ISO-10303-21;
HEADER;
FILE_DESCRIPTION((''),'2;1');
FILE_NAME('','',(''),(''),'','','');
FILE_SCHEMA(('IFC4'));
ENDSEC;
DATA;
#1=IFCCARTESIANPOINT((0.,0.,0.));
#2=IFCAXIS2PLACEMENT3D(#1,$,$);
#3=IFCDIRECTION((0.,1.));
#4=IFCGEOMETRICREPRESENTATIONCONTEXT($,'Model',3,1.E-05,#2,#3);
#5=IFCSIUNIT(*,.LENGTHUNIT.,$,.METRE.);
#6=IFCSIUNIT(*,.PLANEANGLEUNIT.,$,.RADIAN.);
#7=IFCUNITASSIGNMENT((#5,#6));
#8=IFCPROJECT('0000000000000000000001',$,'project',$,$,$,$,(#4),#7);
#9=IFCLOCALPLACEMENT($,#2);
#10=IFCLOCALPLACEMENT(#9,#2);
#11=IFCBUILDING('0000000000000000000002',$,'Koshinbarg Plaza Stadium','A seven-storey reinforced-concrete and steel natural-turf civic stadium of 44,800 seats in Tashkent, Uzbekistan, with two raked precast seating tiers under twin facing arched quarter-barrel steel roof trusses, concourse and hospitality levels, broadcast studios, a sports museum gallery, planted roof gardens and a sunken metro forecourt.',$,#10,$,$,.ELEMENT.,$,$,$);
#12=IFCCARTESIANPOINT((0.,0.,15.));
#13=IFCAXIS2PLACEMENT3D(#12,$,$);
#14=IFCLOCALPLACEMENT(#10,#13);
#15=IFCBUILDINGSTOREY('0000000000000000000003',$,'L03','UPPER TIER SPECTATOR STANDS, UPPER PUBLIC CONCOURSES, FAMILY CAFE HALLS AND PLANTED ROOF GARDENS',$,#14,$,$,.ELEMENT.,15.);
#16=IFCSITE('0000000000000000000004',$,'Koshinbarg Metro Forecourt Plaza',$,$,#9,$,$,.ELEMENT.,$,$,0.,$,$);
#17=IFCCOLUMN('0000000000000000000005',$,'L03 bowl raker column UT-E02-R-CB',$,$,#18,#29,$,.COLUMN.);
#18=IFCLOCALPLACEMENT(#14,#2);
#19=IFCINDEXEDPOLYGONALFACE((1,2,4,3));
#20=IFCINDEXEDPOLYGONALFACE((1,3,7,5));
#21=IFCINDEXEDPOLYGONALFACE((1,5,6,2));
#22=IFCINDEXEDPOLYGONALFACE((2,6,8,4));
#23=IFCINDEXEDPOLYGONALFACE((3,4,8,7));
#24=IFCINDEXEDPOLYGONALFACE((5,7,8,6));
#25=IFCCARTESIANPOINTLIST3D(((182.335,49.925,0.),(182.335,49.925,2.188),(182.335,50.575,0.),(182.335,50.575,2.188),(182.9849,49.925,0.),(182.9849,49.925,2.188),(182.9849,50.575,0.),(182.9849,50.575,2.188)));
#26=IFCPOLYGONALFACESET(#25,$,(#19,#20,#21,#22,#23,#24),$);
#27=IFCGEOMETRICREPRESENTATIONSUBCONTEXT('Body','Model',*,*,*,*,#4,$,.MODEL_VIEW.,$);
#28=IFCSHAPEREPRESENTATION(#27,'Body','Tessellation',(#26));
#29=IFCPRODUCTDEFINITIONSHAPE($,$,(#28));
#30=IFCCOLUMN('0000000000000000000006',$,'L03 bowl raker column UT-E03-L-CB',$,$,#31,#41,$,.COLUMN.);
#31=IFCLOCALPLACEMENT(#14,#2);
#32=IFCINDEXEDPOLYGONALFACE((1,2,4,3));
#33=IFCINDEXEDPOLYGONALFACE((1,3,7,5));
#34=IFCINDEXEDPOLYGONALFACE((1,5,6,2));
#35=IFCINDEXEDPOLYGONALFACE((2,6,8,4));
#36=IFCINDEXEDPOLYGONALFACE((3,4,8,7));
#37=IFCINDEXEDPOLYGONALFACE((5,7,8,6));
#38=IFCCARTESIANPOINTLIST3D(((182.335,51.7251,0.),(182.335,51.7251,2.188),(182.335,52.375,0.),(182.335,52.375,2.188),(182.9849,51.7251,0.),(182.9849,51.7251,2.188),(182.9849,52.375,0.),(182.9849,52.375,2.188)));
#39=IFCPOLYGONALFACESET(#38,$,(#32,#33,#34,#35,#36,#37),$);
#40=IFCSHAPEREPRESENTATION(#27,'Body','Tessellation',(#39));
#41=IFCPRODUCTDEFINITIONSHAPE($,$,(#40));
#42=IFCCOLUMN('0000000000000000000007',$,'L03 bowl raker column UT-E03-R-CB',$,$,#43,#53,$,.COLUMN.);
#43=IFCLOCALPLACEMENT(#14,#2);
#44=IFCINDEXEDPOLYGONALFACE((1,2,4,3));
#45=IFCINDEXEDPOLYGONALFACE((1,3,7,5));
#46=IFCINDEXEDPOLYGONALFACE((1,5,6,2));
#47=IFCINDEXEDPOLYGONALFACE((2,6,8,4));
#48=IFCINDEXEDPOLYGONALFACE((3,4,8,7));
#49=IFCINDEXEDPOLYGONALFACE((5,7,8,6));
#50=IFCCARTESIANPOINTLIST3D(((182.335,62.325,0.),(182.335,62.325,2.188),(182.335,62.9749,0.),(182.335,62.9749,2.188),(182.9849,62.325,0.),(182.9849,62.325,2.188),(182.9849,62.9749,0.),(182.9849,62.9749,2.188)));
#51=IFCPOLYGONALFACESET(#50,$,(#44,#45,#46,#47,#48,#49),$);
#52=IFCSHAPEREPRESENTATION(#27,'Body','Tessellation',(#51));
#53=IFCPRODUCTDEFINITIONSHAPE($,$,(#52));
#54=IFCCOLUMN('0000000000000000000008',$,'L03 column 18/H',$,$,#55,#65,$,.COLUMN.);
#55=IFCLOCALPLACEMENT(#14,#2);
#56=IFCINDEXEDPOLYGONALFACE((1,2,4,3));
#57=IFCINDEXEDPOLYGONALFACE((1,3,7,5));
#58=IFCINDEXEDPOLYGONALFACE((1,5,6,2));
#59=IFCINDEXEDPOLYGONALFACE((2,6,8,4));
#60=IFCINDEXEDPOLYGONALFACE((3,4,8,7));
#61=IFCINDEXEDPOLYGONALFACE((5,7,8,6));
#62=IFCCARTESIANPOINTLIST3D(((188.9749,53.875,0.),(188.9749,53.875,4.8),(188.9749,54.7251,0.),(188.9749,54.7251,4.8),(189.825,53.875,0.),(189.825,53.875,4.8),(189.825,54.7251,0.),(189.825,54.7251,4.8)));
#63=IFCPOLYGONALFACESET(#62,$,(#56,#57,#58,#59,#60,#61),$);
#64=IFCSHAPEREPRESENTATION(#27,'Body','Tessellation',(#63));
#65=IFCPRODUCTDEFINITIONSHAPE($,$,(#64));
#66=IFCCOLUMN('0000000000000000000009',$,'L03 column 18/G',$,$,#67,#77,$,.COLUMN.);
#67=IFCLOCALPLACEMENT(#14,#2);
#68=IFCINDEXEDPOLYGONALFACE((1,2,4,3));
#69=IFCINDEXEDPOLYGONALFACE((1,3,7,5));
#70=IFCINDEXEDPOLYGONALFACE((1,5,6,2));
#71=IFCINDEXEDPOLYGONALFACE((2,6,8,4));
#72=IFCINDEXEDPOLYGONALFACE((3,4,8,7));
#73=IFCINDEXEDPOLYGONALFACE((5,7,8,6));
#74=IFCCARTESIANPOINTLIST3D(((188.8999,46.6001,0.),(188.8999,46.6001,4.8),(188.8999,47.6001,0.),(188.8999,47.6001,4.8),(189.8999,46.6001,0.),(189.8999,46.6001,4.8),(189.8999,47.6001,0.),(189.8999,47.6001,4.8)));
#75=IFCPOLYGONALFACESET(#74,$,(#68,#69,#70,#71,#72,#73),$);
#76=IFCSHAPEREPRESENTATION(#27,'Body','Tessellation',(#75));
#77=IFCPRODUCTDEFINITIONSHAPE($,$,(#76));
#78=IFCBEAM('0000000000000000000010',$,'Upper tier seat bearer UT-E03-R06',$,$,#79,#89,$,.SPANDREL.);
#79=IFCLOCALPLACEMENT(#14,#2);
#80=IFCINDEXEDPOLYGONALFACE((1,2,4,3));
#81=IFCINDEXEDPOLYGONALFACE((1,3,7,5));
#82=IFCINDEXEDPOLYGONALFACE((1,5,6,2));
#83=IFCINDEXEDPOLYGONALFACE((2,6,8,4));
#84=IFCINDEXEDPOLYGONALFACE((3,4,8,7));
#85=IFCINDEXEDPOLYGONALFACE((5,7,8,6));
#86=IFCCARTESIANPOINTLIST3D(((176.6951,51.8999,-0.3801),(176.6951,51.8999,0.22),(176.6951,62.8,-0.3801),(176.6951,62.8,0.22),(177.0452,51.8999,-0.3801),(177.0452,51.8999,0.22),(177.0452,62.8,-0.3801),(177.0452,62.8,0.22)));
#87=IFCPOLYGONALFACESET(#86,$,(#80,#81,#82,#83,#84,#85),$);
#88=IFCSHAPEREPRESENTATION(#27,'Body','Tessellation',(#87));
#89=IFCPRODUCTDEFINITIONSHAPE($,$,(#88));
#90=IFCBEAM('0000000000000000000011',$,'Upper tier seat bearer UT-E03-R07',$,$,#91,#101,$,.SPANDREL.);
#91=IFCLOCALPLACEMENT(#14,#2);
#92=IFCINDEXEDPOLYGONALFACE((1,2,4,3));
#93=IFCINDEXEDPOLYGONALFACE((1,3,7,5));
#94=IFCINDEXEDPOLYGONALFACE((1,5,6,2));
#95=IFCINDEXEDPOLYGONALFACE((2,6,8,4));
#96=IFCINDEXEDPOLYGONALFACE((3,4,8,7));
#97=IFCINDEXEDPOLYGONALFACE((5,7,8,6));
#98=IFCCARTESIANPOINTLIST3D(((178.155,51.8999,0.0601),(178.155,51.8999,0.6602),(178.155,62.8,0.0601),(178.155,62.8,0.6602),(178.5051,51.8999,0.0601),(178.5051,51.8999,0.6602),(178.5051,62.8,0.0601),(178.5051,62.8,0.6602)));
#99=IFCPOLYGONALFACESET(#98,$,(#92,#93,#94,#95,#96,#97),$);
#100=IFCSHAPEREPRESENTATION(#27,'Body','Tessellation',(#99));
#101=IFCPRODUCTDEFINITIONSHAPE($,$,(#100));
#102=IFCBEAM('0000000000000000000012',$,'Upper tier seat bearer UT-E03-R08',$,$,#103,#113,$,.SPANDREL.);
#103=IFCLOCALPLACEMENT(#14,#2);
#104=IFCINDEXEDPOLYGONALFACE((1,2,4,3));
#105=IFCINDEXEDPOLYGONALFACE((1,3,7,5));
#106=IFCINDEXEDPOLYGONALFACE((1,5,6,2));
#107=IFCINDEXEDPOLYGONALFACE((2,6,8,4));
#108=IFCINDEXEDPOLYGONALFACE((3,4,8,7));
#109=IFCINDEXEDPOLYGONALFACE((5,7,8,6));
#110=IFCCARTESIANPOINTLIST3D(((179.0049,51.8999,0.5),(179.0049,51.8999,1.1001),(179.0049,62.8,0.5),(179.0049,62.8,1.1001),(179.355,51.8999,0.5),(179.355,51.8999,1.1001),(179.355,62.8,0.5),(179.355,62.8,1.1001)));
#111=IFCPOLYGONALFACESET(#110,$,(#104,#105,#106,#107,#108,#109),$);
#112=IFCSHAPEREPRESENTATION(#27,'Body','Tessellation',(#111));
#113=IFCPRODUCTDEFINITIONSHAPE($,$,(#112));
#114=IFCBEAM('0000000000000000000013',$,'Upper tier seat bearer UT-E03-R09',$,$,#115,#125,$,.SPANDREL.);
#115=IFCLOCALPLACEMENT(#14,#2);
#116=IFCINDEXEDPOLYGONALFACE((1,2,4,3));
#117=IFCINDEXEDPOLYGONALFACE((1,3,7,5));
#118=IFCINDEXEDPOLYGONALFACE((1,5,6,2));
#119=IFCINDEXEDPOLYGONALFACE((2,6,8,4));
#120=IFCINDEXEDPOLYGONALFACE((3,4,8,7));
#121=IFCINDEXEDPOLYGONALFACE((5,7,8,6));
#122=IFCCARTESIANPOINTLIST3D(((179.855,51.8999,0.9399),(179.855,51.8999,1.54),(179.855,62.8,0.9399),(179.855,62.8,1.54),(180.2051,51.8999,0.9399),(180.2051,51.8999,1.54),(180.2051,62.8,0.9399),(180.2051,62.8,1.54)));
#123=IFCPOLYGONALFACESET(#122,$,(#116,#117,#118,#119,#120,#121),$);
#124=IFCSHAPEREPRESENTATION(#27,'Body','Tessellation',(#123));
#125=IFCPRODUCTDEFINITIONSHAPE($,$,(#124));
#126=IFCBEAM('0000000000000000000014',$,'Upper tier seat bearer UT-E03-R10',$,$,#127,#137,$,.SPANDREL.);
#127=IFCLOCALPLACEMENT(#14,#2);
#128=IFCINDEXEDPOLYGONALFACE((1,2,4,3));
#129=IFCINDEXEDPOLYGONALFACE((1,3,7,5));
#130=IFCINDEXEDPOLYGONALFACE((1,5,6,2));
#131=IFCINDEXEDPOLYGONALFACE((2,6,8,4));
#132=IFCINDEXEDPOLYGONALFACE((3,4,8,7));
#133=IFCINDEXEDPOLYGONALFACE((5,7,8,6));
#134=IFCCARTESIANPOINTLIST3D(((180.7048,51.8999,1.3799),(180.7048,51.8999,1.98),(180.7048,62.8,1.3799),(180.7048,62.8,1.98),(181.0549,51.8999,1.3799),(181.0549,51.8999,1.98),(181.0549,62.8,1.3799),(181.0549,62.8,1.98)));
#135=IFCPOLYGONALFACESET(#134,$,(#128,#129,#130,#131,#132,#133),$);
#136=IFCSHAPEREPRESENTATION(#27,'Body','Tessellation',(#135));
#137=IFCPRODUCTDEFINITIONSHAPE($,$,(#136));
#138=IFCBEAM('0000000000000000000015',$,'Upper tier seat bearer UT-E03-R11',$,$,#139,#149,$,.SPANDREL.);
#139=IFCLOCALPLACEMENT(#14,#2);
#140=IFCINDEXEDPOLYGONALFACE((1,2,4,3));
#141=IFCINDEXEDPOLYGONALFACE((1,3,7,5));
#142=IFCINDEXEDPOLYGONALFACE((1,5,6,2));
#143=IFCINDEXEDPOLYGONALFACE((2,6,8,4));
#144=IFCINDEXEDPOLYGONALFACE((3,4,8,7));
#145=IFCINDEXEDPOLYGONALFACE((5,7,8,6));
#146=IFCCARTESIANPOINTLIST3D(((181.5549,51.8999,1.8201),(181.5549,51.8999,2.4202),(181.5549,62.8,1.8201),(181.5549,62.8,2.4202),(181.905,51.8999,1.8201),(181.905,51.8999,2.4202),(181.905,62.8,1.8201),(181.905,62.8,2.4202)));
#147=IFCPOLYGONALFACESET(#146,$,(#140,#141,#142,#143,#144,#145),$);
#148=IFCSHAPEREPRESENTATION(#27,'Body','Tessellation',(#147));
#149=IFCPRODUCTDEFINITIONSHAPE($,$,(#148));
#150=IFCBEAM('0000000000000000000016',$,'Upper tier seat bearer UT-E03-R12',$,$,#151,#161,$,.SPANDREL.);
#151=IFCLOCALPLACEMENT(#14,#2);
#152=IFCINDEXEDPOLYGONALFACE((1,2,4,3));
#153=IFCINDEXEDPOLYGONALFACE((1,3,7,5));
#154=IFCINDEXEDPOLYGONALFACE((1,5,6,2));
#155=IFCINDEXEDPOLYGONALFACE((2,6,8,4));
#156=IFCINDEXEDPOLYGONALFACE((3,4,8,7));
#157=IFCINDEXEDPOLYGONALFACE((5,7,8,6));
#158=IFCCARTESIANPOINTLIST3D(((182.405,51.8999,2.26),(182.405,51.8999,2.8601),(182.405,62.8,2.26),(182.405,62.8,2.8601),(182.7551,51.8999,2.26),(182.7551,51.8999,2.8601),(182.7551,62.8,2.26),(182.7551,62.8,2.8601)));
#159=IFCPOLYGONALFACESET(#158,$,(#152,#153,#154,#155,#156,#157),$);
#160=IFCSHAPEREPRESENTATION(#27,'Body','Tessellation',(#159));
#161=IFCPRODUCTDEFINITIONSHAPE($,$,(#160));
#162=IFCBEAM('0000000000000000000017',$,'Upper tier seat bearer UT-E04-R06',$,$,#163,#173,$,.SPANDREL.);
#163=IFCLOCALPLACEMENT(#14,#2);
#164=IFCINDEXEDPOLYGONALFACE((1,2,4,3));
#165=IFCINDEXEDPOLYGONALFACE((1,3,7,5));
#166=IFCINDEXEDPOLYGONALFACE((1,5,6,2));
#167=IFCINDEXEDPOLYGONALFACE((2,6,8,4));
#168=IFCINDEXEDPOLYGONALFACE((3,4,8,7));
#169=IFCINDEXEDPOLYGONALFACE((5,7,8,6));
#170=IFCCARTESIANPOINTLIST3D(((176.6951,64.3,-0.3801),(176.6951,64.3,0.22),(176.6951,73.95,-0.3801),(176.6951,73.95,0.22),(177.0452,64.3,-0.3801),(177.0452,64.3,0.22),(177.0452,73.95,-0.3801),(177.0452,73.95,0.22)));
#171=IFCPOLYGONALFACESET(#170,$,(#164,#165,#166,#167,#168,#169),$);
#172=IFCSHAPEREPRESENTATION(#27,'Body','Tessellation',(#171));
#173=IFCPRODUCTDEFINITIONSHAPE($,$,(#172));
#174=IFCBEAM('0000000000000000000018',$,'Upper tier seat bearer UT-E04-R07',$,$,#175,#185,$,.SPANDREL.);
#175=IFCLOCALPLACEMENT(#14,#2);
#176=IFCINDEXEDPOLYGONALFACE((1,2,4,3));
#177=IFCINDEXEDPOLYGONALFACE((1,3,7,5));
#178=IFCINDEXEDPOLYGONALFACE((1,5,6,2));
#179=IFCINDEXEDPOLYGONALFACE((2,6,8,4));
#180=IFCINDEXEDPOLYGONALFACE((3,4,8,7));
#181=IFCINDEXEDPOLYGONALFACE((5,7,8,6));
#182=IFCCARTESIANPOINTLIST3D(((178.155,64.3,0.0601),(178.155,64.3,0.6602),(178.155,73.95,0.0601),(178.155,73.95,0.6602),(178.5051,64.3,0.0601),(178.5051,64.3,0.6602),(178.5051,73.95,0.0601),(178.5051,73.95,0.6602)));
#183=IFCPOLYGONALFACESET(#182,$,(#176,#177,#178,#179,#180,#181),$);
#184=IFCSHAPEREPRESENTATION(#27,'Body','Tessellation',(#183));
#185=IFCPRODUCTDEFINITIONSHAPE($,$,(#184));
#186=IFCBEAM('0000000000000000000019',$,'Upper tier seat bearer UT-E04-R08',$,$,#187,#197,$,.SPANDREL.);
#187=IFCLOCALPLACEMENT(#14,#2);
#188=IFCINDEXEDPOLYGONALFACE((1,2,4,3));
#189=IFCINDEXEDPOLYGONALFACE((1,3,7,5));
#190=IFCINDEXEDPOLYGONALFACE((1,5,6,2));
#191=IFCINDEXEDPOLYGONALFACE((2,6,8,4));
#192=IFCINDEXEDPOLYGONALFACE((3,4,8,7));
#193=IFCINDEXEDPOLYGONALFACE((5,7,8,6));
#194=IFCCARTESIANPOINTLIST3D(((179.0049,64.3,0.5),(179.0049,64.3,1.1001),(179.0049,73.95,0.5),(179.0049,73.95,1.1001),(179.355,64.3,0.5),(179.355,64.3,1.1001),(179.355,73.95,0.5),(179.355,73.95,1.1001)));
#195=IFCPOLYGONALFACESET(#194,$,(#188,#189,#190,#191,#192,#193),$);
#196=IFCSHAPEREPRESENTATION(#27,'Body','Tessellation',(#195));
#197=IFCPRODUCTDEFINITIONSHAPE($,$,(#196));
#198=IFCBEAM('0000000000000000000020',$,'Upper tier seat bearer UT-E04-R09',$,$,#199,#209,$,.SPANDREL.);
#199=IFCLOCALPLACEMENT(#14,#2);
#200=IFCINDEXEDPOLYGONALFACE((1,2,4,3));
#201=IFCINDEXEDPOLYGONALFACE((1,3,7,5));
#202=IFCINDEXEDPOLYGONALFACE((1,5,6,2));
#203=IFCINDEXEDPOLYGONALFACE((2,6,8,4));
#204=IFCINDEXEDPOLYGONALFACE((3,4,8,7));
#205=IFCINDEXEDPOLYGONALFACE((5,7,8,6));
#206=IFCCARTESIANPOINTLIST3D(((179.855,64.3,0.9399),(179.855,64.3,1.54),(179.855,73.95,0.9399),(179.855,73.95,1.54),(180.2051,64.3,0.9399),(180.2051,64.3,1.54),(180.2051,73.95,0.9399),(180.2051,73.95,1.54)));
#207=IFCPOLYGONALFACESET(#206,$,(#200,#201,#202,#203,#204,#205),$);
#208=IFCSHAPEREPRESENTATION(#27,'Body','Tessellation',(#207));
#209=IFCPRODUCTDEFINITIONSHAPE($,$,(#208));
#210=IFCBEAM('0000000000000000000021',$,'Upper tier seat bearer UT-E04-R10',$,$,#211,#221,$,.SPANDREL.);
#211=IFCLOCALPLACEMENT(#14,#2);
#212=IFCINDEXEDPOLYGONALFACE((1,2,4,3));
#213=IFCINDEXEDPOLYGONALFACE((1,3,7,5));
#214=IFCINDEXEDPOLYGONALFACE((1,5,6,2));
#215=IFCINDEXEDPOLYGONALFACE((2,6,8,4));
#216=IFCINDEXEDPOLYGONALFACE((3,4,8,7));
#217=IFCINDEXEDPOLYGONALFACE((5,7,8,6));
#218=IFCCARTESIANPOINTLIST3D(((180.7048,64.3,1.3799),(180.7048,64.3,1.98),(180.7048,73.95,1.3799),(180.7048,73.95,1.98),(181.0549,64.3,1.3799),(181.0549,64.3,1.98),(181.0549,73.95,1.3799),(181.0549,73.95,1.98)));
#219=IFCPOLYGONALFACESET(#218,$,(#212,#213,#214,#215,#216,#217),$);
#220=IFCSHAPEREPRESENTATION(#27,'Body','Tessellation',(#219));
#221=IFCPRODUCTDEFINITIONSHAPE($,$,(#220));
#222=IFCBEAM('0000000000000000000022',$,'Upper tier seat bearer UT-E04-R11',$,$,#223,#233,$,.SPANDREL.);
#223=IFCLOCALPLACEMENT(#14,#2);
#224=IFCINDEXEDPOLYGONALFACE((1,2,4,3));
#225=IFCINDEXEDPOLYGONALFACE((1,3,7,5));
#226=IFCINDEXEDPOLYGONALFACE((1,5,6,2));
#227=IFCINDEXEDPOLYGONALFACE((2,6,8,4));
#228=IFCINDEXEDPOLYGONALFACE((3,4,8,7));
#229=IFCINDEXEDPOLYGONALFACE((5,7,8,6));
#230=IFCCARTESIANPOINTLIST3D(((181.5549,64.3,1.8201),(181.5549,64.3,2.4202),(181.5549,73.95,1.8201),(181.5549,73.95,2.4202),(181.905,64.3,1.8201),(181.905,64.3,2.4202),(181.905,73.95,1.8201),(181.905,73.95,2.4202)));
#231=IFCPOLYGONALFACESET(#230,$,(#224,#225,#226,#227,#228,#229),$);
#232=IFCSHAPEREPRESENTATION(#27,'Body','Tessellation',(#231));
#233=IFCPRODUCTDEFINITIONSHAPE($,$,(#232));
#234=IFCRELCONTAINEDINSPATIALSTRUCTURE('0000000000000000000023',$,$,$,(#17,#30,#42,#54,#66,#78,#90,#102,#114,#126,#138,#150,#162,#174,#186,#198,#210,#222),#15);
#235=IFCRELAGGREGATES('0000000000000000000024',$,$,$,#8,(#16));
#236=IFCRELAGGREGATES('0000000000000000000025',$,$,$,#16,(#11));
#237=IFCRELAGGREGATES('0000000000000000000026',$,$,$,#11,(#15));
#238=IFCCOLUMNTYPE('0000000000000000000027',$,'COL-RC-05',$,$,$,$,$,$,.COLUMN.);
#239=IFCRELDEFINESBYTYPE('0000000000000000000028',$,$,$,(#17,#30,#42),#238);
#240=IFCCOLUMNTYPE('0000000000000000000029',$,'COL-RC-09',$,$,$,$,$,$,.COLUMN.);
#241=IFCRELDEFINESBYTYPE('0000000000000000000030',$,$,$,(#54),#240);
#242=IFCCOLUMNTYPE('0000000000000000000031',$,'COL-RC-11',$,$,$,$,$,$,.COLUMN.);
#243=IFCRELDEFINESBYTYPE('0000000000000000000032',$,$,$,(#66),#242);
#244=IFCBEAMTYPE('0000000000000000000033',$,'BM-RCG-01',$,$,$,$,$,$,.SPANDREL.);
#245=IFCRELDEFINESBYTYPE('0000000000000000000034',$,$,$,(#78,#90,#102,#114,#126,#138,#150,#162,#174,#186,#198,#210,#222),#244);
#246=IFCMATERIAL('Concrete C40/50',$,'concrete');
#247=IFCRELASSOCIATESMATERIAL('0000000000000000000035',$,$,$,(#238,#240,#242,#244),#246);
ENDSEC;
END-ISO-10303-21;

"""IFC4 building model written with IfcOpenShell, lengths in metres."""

from ifc_helpers import new_model, si_unit, direction, frame, origin, origin_2d, place, context, subcontext, project, spatial, rectangle, extrude, material, material_profile, profile_set, type_object, element, save


model = new_model("IFC4")

# Units and contexts
model_context = context("Model", 3, precision=1e-05, world=origin(), true_north=direction((0.0, 1.0)))
body_context = subcontext(model_context, "Body", "Model", "MODEL_VIEW")
ifc_project = project(units=[si_unit("LENGTHUNIT", "METRE"), si_unit("PLANEANGLEUNIT", "RADIAN")], contexts=[model_context])

# Site, building, storey
site_placement = place(None, origin())
site = spatial("IfcSite", under=ifc_project, at=site_placement, Name="Koshinbarg Metro Forecourt Plaza", CompositionType="ELEMENT", RefElevation=0.0)
building_placement = place(site_placement, origin())
building = spatial("IfcBuilding", under=site, at=building_placement, Name="Koshinbarg Plaza Stadium", Description="A seven-storey reinforced-concrete and steel natural-turf civic stadium of 44,800 seats in Tashkent, Uzbekistan, with two raked precast seating tiers under twin facing arched quarter-barrel steel roof trusses, concourse and hospitality levels, broadcast studios, a sports museum gallery, planted roof gardens and a sunken metro forecourt.", CompositionType="ELEMENT")
storey_placement = place(building_placement, frame((0.0, 0.0, 15.0)))
storey = spatial("IfcBuildingStorey", under=building, at=storey_placement, Name="L03", Description="UPPER TIER SPECTATOR STANDS, UPPER PUBLIC CONCOURSES, FAMILY CAFE HALLS AND PLANTED ROOF GARDENS", CompositionType="ELEMENT", Elevation=15.0)

# Columns
ifc_material_1 = material(Name="Concrete C40/50", Category="concrete")
ifc_material_profile_1 = material_profile(ifc_material_1, rectangle(XDim=0.6499, YDim=0.6499, at=origin_2d()), Name="RC 650x650")
ifc_profile_set_1 = profile_set([ifc_material_profile_1], Name="Concrete C40/50")
column_type_1 = type_object("IfcColumnType", Name="COL-RC-05", PredefinedType="COLUMN", material=ifc_profile_set_1)
for number, where, z_axis, x_axis, name in (
    (1, (182.6599, 50.25, 0.0), (0.0, 0.0, 1.0), (1.0, 0.0, 0.0), "L03 bowl raker column UT-E02-R-CB"),
    (2, (182.6599, 52.05, 0.0), (0.0, 0.0, 1.0), (1.0, 0.0, 0.0), "L03 bowl raker column UT-E03-L-CB"),
    (3, (182.6599, 62.6499, 0.0), (0.0, 0.0, 1.0), (1.0, 0.0, 0.0), "L03 bowl raker column UT-E03-R-CB"),
):
    element("IfcColumn", number, at=place(storey_placement, frame(where, z_axis=z_axis, x_axis=x_axis)), inside=storey, type_object=column_type_1, Name=name, PredefinedType="COLUMN", context=body_context, shape_type="SweptSolid", body=[
        extrude(rectangle(XDim=0.6499, YDim=0.6499, at=origin_2d()), origin(), (0.0, 0.0, 1.0), 2.188),
    ])
ifc_material_profile_2 = material_profile(ifc_material_1, rectangle(XDim=0.8501, YDim=0.8501, at=origin_2d()), Name="RC 850x850")
ifc_profile_set_2 = profile_set([ifc_material_profile_2], Name="Concrete C40/50")
column_type_2 = type_object("IfcColumnType", Name="COL-RC-09", PredefinedType="COLUMN", material=ifc_profile_set_2)
column_1_placement = place(storey_placement, frame((189.3999, 54.3, 0.0), z_axis=(0.0, 0.0, 1.0), x_axis=(1.0, 0.0, 0.0)))
element("IfcColumn", 4, at=column_1_placement, inside=storey, type_object=column_type_2, Name="L03 column 18/H", PredefinedType="COLUMN", context=body_context, shape_type="SweptSolid", body=[
    extrude(rectangle(XDim=0.8501, YDim=0.8501, at=origin_2d()), origin(), (0.0, 0.0, 1.0), 4.8),
])
ifc_material_profile_3 = material_profile(ifc_material_1, rectangle(XDim=1.0, YDim=1.0, at=origin_2d()), Name="RC 1000x1000")
ifc_profile_set_3 = profile_set([ifc_material_profile_3], Name="Concrete C40/50")
column_type_3 = type_object("IfcColumnType", Name="COL-RC-11", PredefinedType="COLUMN", material=ifc_profile_set_3)
column_2_placement = place(storey_placement, frame((189.3999, 47.1001, 0.0), z_axis=(0.0, 0.0, 1.0), x_axis=(1.0, 0.0, 0.0)))
element("IfcColumn", 5, at=column_2_placement, inside=storey, type_object=column_type_3, Name="L03 column 18/G", PredefinedType="COLUMN", context=body_context, shape_type="SweptSolid", body=[
    extrude(rectangle(XDim=1.0, YDim=1.0, at=origin_2d()), origin(), (0.0, 0.0, 1.0), 4.8),
])

# Beams
ifc_material_profile_4 = material_profile(ifc_material_1, rectangle(XDim=0.3501, YDim=0.6001, at=origin_2d()), Name="RC 350x600")
ifc_profile_set_4 = profile_set([ifc_material_profile_4], Name="Concrete C40/50")
beam_type_1 = type_object("IfcBeamType", Name="BM-RCG-01", PredefinedType="SPANDREL", material=ifc_profile_set_4)
for number, where, z_axis, x_axis, name in (
    (6, (176.8701, 51.8999, -0.0801), (0.0, 1.0, 0.0), (-1.0, 0.0, 0.0), "Upper tier seat bearer UT-E03-R06"),
    (7, (178.3301, 51.8999, 0.3601), (0.0, 1.0, 0.0), (-1.0, 0.0, 0.0), "Upper tier seat bearer UT-E03-R07"),
    (8, (179.1799, 51.8999, 0.8), (0.0, 1.0, 0.0), (-1.0, 0.0, 0.0), "Upper tier seat bearer UT-E03-R08"),
    (9, (180.03, 51.8999, 1.24), (0.0, 1.0, 0.0), (-1.0, 0.0, 0.0), "Upper tier seat bearer UT-E03-R09"),
    (10, (180.8799, 51.8999, 1.6799), (0.0, 1.0, 0.0), (-1.0, 0.0, 0.0), "Upper tier seat bearer UT-E03-R10"),
    (11, (181.73, 51.8999, 2.1201), (0.0, 1.0, 0.0), (-1.0, 0.0, 0.0), "Upper tier seat bearer UT-E03-R11"),
    (12, (182.5801, 51.8999, 2.5601), (0.0, 1.0, 0.0), (-1.0, 0.0, 0.0), "Upper tier seat bearer UT-E03-R12"),
):
    element("IfcBeam", number, at=place(storey_placement, frame(where, z_axis=z_axis, x_axis=x_axis)), inside=storey, type_object=beam_type_1, Name=name, PredefinedType="SPANDREL", context=body_context, shape_type="SweptSolid", body=[
        extrude(rectangle(XDim=0.3501, YDim=0.6001, at=origin_2d()), origin(), (0.0, 0.0, 1.0), 10.9001),
    ])
for number, where, z_axis, x_axis, name in (
    (13, (176.8701, 64.3, -0.0801), (0.0, 1.0, 0.0), (-1.0, 0.0, 0.0), "Upper tier seat bearer UT-E04-R06"),
    (14, (178.3301, 64.3, 0.3601), (0.0, 1.0, 0.0), (-1.0, 0.0, 0.0), "Upper tier seat bearer UT-E04-R07"),
    (15, (179.1799, 64.3, 0.8), (0.0, 1.0, 0.0), (-1.0, 0.0, 0.0), "Upper tier seat bearer UT-E04-R08"),
    (16, (180.03, 64.3, 1.24), (0.0, 1.0, 0.0), (-1.0, 0.0, 0.0), "Upper tier seat bearer UT-E04-R09"),
    (17, (180.8799, 64.3, 1.6799), (0.0, 1.0, 0.0), (-1.0, 0.0, 0.0), "Upper tier seat bearer UT-E04-R10"),
    (18, (181.73, 64.3, 2.1201), (0.0, 1.0, 0.0), (-1.0, 0.0, 0.0), "Upper tier seat bearer UT-E04-R11"),
):
    element("IfcBeam", number, at=place(storey_placement, frame(where, z_axis=z_axis, x_axis=x_axis)), inside=storey, type_object=beam_type_1, Name=name, PredefinedType="SPANDREL", context=body_context, shape_type="SweptSolid", body=[
        extrude(rectangle(XDim=0.3501, YDim=0.6001, at=origin_2d()), origin(), (0.0, 0.0, 1.0), 9.6499),
    ])

save(model, "model.ifc")
